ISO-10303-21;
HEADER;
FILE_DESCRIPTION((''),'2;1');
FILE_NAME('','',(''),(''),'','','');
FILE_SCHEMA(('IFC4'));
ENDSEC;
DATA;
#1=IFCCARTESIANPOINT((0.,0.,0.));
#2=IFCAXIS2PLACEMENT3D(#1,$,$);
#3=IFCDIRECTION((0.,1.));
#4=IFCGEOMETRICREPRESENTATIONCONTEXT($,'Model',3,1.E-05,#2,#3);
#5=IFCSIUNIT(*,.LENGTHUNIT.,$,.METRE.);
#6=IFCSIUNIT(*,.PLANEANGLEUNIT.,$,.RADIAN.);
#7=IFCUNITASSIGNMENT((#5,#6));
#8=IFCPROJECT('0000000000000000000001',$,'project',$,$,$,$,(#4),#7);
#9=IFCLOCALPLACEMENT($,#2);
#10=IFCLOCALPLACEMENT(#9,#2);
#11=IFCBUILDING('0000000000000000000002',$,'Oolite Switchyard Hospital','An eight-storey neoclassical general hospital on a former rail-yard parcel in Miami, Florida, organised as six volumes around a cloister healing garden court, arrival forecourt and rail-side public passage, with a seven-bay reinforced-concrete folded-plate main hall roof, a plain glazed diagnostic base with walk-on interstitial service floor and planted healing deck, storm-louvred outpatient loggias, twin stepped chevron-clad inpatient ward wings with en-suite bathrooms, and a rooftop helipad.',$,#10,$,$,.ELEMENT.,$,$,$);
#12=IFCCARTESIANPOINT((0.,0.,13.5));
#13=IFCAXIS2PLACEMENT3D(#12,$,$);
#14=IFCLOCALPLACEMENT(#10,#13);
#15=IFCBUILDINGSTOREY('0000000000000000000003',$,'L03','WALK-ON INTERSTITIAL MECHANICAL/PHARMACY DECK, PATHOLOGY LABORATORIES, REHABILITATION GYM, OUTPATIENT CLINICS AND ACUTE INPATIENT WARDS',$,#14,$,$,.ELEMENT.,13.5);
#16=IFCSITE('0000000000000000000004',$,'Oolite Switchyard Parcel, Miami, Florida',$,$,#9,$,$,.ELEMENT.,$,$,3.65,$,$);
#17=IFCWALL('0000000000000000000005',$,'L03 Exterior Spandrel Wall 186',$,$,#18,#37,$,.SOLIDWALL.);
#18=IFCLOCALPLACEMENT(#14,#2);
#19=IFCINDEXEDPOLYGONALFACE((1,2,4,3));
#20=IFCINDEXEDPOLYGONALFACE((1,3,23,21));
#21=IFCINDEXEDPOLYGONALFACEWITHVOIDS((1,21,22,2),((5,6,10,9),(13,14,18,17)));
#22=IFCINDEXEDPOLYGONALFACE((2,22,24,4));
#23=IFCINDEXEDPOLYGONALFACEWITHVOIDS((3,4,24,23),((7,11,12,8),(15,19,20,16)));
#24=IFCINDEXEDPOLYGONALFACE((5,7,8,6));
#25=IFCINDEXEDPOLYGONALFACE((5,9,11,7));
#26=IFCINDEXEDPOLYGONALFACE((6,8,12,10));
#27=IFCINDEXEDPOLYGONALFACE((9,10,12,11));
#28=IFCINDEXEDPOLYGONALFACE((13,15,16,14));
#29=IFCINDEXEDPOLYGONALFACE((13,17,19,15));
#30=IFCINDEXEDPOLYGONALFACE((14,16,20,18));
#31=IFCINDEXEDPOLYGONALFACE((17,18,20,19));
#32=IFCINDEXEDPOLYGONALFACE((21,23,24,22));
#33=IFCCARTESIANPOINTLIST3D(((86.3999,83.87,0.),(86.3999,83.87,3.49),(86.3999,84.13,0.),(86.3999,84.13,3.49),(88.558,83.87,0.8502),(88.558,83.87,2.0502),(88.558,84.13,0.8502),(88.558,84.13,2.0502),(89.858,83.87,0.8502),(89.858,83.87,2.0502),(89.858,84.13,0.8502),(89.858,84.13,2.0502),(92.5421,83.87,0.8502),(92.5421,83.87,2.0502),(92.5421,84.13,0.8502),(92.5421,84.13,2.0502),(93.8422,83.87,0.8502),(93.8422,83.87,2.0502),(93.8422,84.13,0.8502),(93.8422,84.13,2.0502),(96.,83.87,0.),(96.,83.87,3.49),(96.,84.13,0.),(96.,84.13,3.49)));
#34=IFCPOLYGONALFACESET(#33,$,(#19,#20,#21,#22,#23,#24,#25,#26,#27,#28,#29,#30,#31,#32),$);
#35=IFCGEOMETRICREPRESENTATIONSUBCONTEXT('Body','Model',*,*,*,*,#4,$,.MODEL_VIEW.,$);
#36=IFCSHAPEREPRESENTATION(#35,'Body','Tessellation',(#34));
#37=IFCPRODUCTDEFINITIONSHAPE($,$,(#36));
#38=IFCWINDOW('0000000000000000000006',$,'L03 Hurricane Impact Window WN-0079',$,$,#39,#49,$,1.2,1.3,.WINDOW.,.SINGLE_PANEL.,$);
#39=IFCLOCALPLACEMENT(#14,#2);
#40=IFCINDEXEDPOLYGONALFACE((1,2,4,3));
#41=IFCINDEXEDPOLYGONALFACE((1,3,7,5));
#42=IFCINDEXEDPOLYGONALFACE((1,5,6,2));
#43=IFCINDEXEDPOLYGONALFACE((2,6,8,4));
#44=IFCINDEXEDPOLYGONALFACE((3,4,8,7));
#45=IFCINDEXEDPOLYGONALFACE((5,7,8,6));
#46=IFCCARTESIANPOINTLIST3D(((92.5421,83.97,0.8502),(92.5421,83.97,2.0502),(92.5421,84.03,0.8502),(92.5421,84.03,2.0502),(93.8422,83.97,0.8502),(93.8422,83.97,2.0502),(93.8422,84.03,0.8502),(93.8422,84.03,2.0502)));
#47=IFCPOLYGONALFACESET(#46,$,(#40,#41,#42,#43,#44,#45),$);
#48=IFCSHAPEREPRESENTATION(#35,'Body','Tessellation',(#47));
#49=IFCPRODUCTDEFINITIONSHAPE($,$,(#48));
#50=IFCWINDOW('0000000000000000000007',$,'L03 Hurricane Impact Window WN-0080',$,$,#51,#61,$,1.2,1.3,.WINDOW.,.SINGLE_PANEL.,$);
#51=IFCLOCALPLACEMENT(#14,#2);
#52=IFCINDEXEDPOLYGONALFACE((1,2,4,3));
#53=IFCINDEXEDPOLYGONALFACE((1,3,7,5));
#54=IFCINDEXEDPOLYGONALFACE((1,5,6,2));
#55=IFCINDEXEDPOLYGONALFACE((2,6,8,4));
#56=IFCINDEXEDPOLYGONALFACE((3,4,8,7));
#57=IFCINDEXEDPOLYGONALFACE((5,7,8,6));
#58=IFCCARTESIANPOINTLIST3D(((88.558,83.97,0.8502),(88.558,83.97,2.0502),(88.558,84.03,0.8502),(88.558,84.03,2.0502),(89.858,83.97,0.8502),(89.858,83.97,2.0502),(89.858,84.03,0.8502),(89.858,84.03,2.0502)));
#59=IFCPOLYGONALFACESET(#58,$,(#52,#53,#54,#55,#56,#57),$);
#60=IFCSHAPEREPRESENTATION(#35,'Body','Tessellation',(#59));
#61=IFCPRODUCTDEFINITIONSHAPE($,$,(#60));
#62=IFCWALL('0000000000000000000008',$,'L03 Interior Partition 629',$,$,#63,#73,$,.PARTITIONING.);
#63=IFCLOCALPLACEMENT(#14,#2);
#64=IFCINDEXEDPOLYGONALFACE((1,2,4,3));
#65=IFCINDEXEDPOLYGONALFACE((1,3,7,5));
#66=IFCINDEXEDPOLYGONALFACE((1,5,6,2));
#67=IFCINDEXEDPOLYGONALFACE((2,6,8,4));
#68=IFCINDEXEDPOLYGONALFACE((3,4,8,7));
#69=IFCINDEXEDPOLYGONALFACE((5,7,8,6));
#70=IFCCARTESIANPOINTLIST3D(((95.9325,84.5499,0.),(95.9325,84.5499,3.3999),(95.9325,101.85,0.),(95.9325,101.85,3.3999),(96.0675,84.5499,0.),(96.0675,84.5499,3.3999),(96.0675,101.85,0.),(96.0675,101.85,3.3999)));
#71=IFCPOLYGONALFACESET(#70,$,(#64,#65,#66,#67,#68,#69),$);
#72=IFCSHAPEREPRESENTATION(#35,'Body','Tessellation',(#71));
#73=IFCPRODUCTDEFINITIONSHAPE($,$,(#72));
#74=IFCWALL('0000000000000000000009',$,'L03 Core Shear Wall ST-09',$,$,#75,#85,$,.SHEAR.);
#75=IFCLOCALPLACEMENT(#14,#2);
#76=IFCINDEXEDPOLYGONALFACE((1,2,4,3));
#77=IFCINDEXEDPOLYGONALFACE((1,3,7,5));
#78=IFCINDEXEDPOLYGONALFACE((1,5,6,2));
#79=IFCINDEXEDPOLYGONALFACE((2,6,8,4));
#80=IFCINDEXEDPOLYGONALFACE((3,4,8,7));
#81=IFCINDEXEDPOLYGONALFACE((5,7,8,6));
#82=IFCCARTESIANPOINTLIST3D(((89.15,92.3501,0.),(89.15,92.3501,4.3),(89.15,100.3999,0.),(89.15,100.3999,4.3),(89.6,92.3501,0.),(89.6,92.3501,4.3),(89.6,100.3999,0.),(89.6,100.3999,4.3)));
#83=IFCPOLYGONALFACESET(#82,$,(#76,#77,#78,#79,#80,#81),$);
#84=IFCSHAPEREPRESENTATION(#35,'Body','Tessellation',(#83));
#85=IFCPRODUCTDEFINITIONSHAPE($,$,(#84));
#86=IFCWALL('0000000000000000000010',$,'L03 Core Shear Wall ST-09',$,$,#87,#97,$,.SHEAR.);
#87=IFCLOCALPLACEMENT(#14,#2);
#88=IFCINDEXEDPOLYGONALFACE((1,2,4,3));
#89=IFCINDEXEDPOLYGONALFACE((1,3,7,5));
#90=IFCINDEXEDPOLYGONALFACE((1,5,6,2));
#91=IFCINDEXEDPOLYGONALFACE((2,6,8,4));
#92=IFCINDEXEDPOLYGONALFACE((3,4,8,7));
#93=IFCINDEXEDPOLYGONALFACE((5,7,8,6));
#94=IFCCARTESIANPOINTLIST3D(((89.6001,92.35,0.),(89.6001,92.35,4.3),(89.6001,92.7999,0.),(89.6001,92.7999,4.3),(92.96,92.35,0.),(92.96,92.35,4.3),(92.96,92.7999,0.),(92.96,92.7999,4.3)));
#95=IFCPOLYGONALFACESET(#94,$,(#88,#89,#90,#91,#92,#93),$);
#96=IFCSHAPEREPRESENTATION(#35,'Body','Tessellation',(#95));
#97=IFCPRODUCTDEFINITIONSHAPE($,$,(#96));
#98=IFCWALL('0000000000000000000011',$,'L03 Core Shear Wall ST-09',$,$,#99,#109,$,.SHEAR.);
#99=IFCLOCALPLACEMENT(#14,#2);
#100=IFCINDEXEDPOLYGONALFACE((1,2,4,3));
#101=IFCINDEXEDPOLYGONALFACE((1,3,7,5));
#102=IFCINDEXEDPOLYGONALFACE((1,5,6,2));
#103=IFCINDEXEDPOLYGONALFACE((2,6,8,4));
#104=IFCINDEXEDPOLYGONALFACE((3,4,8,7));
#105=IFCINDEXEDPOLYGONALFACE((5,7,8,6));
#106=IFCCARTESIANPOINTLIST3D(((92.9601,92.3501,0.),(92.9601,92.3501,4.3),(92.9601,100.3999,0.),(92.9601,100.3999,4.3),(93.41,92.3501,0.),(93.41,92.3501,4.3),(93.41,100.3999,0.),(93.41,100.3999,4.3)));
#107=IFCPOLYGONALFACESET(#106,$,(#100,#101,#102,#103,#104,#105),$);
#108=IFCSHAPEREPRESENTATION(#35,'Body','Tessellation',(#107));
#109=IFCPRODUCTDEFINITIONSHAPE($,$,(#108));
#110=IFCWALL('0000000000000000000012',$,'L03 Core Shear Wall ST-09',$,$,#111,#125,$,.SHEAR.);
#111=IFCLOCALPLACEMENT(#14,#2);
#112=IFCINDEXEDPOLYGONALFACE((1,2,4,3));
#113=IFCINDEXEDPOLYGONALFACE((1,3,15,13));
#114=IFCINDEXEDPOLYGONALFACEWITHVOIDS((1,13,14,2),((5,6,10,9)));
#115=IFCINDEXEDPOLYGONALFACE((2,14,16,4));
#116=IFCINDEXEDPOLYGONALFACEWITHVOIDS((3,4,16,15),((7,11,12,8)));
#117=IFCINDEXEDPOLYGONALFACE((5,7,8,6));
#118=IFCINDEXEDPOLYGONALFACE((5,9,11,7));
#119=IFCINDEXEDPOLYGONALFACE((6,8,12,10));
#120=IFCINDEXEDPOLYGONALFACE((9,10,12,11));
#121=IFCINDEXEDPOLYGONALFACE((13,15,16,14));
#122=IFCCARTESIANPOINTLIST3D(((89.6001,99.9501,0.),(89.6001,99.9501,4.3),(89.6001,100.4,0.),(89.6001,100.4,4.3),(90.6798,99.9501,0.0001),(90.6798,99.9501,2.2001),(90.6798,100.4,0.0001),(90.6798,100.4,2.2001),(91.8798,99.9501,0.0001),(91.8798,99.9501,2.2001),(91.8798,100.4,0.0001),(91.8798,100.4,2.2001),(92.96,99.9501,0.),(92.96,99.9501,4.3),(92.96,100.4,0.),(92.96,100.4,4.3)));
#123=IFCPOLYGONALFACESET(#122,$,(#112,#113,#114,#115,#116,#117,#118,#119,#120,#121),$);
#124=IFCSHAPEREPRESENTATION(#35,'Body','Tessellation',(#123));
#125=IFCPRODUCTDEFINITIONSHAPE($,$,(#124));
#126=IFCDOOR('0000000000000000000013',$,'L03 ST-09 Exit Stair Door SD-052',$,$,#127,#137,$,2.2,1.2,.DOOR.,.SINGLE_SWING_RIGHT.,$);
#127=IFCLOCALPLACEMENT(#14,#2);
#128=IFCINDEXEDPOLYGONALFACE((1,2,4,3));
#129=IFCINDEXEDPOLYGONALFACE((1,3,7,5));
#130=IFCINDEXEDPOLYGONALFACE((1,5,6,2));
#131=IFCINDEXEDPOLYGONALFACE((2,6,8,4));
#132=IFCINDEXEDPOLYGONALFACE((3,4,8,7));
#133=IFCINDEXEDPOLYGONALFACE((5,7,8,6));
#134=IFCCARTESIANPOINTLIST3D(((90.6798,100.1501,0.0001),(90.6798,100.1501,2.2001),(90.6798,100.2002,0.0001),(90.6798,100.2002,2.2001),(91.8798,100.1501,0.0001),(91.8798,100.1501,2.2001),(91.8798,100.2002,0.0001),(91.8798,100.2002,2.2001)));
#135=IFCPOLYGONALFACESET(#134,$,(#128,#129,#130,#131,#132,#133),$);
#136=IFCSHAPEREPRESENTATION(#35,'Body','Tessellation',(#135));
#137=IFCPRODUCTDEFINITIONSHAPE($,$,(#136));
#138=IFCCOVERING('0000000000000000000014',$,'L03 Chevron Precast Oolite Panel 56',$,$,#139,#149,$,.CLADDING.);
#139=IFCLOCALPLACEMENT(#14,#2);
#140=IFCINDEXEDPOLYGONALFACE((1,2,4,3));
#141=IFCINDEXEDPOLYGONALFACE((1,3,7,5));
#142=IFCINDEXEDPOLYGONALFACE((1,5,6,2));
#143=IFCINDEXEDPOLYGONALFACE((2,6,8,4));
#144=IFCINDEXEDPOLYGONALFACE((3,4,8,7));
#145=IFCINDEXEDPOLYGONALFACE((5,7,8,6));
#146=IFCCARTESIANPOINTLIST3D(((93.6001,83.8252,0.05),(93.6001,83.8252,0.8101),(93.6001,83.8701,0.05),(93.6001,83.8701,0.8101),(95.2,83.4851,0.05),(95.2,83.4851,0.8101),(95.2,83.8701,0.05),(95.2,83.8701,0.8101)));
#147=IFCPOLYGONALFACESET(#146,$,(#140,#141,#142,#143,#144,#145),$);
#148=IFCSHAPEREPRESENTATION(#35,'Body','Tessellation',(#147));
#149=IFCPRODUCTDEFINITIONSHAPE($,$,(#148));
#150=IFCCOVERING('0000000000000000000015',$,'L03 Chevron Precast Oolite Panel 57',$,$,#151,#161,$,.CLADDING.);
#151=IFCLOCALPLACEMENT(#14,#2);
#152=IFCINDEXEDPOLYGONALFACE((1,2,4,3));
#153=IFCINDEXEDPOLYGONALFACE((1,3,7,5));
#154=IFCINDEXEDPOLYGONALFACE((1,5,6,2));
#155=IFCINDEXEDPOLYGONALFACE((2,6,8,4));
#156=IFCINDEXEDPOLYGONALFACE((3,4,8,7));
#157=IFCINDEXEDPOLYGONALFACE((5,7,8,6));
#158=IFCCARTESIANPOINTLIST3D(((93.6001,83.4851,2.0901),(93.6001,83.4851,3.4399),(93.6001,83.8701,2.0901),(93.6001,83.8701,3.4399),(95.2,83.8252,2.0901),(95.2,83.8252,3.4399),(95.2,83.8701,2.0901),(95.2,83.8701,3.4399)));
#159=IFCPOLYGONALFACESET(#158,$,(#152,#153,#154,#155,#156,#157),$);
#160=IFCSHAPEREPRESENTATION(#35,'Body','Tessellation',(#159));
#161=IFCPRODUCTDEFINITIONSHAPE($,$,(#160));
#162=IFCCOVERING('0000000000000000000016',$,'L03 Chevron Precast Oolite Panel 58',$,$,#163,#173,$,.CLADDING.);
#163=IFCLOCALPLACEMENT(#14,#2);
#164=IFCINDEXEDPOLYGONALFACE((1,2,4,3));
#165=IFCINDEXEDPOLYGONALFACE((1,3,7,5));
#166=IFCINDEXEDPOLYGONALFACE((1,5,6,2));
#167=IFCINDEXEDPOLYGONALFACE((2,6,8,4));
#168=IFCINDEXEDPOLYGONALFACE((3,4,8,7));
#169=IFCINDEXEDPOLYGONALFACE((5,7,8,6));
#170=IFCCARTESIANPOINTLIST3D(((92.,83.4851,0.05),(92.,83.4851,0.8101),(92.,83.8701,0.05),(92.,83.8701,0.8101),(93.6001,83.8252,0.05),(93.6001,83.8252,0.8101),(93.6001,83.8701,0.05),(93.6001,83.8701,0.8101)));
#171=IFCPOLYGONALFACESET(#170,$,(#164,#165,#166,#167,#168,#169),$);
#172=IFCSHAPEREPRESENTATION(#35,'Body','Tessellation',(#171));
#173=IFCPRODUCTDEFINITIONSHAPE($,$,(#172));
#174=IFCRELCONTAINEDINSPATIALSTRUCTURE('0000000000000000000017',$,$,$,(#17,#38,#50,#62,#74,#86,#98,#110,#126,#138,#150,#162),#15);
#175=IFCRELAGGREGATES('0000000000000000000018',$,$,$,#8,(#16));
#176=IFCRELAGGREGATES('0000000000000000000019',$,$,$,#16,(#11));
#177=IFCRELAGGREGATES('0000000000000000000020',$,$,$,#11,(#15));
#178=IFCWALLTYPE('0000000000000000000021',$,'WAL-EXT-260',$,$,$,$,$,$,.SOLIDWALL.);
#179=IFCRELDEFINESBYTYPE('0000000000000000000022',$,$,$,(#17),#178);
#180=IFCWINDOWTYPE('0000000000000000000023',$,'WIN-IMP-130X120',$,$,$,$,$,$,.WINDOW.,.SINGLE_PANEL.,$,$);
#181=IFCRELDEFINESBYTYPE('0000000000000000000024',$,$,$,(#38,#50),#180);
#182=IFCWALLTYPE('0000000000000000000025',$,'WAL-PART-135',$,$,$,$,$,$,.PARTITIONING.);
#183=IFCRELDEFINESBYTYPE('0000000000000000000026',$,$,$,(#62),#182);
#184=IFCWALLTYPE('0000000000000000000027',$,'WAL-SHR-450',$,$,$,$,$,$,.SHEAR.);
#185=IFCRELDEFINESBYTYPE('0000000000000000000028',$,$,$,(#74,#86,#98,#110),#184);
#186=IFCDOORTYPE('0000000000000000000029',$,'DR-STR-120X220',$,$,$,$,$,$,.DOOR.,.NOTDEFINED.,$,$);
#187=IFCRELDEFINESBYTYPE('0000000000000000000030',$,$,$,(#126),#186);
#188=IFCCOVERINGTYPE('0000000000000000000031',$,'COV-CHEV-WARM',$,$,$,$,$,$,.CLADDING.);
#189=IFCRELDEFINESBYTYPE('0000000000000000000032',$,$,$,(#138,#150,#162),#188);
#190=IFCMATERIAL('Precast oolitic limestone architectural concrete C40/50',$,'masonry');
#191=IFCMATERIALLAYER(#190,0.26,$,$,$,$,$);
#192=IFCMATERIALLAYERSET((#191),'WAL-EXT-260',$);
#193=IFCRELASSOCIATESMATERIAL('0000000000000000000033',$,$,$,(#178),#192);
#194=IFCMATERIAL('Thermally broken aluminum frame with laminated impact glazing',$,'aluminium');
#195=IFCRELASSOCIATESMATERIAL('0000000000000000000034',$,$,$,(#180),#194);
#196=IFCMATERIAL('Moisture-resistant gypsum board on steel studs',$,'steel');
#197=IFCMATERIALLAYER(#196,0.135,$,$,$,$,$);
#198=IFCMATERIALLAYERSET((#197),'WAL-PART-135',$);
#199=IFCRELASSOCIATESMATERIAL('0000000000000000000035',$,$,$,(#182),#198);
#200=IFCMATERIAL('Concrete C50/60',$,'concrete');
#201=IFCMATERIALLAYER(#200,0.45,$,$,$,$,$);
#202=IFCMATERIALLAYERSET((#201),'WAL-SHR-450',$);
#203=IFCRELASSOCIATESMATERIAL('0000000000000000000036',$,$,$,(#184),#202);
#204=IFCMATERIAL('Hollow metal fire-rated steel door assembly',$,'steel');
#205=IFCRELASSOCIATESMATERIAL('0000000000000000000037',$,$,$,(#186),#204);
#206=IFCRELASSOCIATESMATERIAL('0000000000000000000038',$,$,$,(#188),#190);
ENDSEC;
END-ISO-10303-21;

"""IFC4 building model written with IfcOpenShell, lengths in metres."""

from ifc_helpers import new_model, si_unit, direction, frame, frame_2d, origin, place, context, subcontext, project, spatial, polyline, rectangle, outline, extrude, material, layer, layer_set, type_object, element, fill, save


model = new_model("IFC4")

# Units and contexts
model_context = context("Model", 3, precision=1e-05, world=origin(), true_north=direction((0.0, 1.0)))
body_context = subcontext(model_context, "Body", "Model", "MODEL_VIEW")
ifc_project = project(units=[si_unit("LENGTHUNIT", "METRE"), si_unit("PLANEANGLEUNIT", "RADIAN")], contexts=[model_context])

# Site, building, storey
site_placement = place(None, origin())
site = spatial("IfcSite", under=ifc_project, at=site_placement, Name="Oolite Switchyard Parcel, Miami, Florida", CompositionType="ELEMENT", RefElevation=3.65)
building_placement = place(site_placement, origin())
building = spatial("IfcBuilding", under=site, at=building_placement, Name="Oolite Switchyard Hospital", Description="An eight-storey neoclassical general hospital on a former rail-yard parcel in Miami, Florida, organised as six volumes around a cloister healing garden court, arrival forecourt and rail-side public passage, with a seven-bay reinforced-concrete folded-plate main hall roof, a plain glazed diagnostic base with walk-on interstitial service floor and planted healing deck, storm-louvred outpatient loggias, twin stepped chevron-clad inpatient ward wings with en-suite bathrooms, and a rooftop helipad.", CompositionType="ELEMENT")
storey_placement = place(building_placement, frame((0.0, 0.0, 13.5)))
storey = spatial("IfcBuildingStorey", under=building, at=storey_placement, Name="L03", Description="WALK-ON INTERSTITIAL MECHANICAL/PHARMACY DECK, PATHOLOGY LABORATORIES, REHABILITATION GYM, OUTPATIENT CLINICS AND ACUTE INPATIENT WARDS", CompositionType="ELEMENT", Elevation=13.5)

# Shared definitions
ifc_material_1 = material(Name="Concrete C50/60", Category="concrete")

# Wall, openings, windows
ifc_material_2 = material(Name="Precast oolitic limestone architectural concrete C40/50", Category="masonry")
ifc_layer_1 = layer(ifc_material_2, 0.26)
ifc_layer_set_1 = layer_set([ifc_layer_1], Name="WAL-EXT-260")
wall_type_1 = type_object("IfcWallType", Name="WAL-EXT-260", PredefinedType="SOLIDWALL", material=ifc_layer_set_1)
wall_1_placement = place(storey_placement, frame((96.0, 84.0, 0.0), z_axis=(0.0, 0.0, 1.0), x_axis=(-1.0, 0.0, 0.0)))
wall_1 = element("IfcWall", 1, at=wall_1_placement, inside=storey, type_object=wall_type_1, Name="L03 Exterior Spandrel Wall 186", PredefinedType="SOLIDWALL", context=body_context, shape_type="SweptSolid", body=[
    extrude(rectangle(XDim=9.6001, YDim=0.26, at=frame_2d((4.8, 0.0))), origin(), (0.0, 0.0, 1.0), 3.49),
])
opening_1_placement = place(wall_1_placement, frame((2.158, 0.0, 0.8501)))
opening_1 = element("IfcOpeningElement", 2, at=opening_1_placement, cuts=wall_1, PredefinedType="OPENING", context=body_context, shape_type="SweptSolid", body=[
    extrude(rectangle(XDim=1.3, YDim=1.2, at=frame_2d((0.6499, 0.6001))), frame((0.0, 0.1401, 0.0), z_axis=(0.0, -1.0, 0.0), x_axis=(1.0, 0.0, 0.0)), (0.0, 0.0, 1.0), 0.28),
])
opening_2_placement = place(wall_1_placement, frame((6.1421, 0.0, 0.8501)))
opening_2 = element("IfcOpeningElement", 3, at=opening_2_placement, cuts=wall_1, PredefinedType="OPENING", context=body_context, shape_type="SweptSolid", body=[
    extrude(rectangle(XDim=1.3, YDim=1.2, at=frame_2d((0.6499, 0.6001))), frame((0.0, 0.1401, 0.0), z_axis=(0.0, -1.0, 0.0), x_axis=(1.0, 0.0, 0.0)), (0.0, 0.0, 1.0), 0.28),
])
ifc_material_3 = material(Name="Thermally broken aluminum frame with laminated impact glazing", Category="aluminium")
window_type = type_object("IfcWindowType", Name="WIN-IMP-130X120", PartitioningType="SINGLE_PANEL", PredefinedType="WINDOW", material=ifc_material_3)
window_1_placement = place(opening_1_placement, origin())
window_1 = element("IfcWindow", 4, at=window_1_placement, inside=storey, type_object=window_type, Name="L03 Hurricane Impact Window WN-0079", OverallHeight=1.2, OverallWidth=1.3, PartitioningType="SINGLE_PANEL", PredefinedType="WINDOW", context=body_context, shape_type="SweptSolid", body=[
    extrude(rectangle(XDim=1.3, YDim=1.2, at=frame_2d((0.6499, 0.6001))), frame((0.0, 0.03, 0.0), z_axis=(0.0, -1.0, 0.0), x_axis=(1.0, 0.0, 0.0)), (0.0, 0.0, 1.0), 0.0601),
])
fill(opening_1, window_1)
window_2_placement = place(opening_2_placement, origin())
window_2 = element("IfcWindow", 5, at=window_2_placement, inside=storey, type_object=window_type, Name="L03 Hurricane Impact Window WN-0080", OverallHeight=1.2, OverallWidth=1.3, PartitioningType="SINGLE_PANEL", PredefinedType="WINDOW", context=body_context, shape_type="SweptSolid", body=[
    extrude(rectangle(XDim=1.3, YDim=1.2, at=frame_2d((0.6499, 0.6001))), frame((0.0, 0.03, 0.0), z_axis=(0.0, -1.0, 0.0), x_axis=(1.0, 0.0, 0.0)), (0.0, 0.0, 1.0), 0.0601),
])
fill(opening_2, window_2)

# Walls
ifc_material_4 = material(Name="Moisture-resistant gypsum board on steel studs", Category="steel")
ifc_layer_2 = layer(ifc_material_4, 0.135)
ifc_layer_set_2 = layer_set([ifc_layer_2], Name="WAL-PART-135")
wall_type_2 = type_object("IfcWallType", Name="WAL-PART-135", PredefinedType="PARTITIONING", material=ifc_layer_set_2)
wall_2_placement = place(storey_placement, frame((96.0, 84.55, 0.0), z_axis=(0.0, 0.0, 1.0), x_axis=(0.0, 1.0, 0.0)))
element("IfcWall", 6, at=wall_2_placement, inside=storey, type_object=wall_type_2, Name="L03 Interior Partition 629", PredefinedType="PARTITIONING", context=body_context, shape_type="SweptSolid", body=[
    extrude(rectangle(XDim=17.3, YDim=0.135, at=frame_2d((8.6499, 0.0))), origin(), (0.0, 0.0, 1.0), 3.3999),
])
ifc_layer_3 = layer(ifc_material_1, 0.45)
ifc_layer_set_3 = layer_set([ifc_layer_3], Name="WAL-SHR-450")
wall_type_3 = type_object("IfcWallType", Name="WAL-SHR-450", PredefinedType="SHEAR", material=ifc_layer_set_3)
wall_3_placement = place(storey_placement, frame((89.375, 100.3999, 0.0), z_axis=(0.0, 0.0, 1.0), x_axis=(0.0, -1.0, 0.0)))
element("IfcWall", 7, at=wall_3_placement, inside=storey, type_object=wall_type_3, Name="L03 Core Shear Wall ST-09", PredefinedType="SHEAR", context=body_context, shape_type="SweptSolid", body=[
    extrude(rectangle(XDim=8.0498, YDim=0.45, at=frame_2d((4.0249, 0.0))), origin(), (0.0, 0.0, 1.0), 4.3),
])
wall_4_placement = place(storey_placement, frame((89.6001, 92.575, 0.0), z_axis=(0.0, 0.0, 1.0), x_axis=(1.0, 0.0, 0.0)))
element("IfcWall", 8, at=wall_4_placement, inside=storey, type_object=wall_type_3, Name="L03 Core Shear Wall ST-09", PredefinedType="SHEAR", context=body_context, shape_type="SweptSolid", body=[
    extrude(rectangle(XDim=3.3599, YDim=0.45, at=frame_2d((1.6799, 0.0))), origin(), (0.0, 0.0, 1.0), 4.3),
])
wall_5_placement = place(storey_placement, frame((93.1851, 92.3501, 0.0), z_axis=(0.0, 0.0, 1.0), x_axis=(0.0, 1.0, 0.0)))
element("IfcWall", 9, at=wall_5_placement, inside=storey, type_object=wall_type_3, Name="L03 Core Shear Wall ST-09", PredefinedType="SHEAR", context=body_context, shape_type="SweptSolid", body=[
    extrude(rectangle(XDim=8.0498, YDim=0.45, at=frame_2d((4.0249, 0.0))), origin(), (0.0, 0.0, 1.0), 4.3),
])

# Wall, opening, door
wall_6_placement = place(storey_placement, frame((92.96, 100.175, 0.0), z_axis=(0.0, 0.0, 1.0), x_axis=(-1.0, 0.0, 0.0)))
wall_6 = element("IfcWall", 10, at=wall_6_placement, inside=storey, type_object=wall_type_3, Name="L03 Core Shear Wall ST-09", PredefinedType="SHEAR", context=body_context, shape_type="SweptSolid", body=[
    extrude(rectangle(XDim=3.3599, YDim=0.45, at=frame_2d((1.6799, 0.0))), origin(), (0.0, 0.0, 1.0), 4.3),
])
opening_3_placement = place(wall_6_placement, frame((1.0801, 0.0, 0.0)))
opening_3 = element("IfcOpeningElement", 11, at=opening_3_placement, cuts=wall_6, PredefinedType="OPENING", context=body_context, shape_type="SweptSolid", body=[
    extrude(rectangle(XDim=1.2, YDim=2.2, at=frame_2d((0.6001, 1.1001))), frame((0.0, 0.2349, 0.0), z_axis=(0.0, -1.0, 0.0), x_axis=(1.0, 0.0, 0.0)), (0.0, 0.0, 1.0), 0.47),
])
ifc_material_5 = material(Name="Hollow metal fire-rated steel door assembly", Category="steel")
door_type = type_object("IfcDoorType", Name="DR-STR-120X220", OperationType="NOTDEFINED", PredefinedType="DOOR", material=ifc_material_5)
door_placement = place(opening_3_placement, origin())
door = element("IfcDoor", 12, at=door_placement, inside=storey, type_object=door_type, Name="L03 ST-09 Exit Stair Door SD-052", OperationType="SINGLE_SWING_RIGHT", OverallHeight=2.2, OverallWidth=1.2, PredefinedType="DOOR", context=body_context, shape_type="SweptSolid", body=[
    extrude(rectangle(XDim=1.2, YDim=2.2, at=frame_2d((0.6001, 1.1001))), frame((0.0, 0.0249, 0.0), z_axis=(0.0, -1.0, 0.0), x_axis=(1.0, 0.0, 0.0)), (0.0, 0.0, 1.0), 0.05),
])
fill(opening_3, door)

# Coverings
covering_type = type_object("IfcCoveringType", Name="COV-CHEV-WARM", PredefinedType="CLADDING", material=ifc_material_2)
covering_1_placement = place(storey_placement, frame((95.2, 83.8701, 0.05), z_axis=(0.0, 0.0, 1.0), x_axis=(-1.0, 0.0, 0.0)))
element("IfcCovering", 13, at=covering_1_placement, inside=storey, type_object=covering_type, Name="L03 Chevron Precast Oolite Panel 56", PredefinedType="CLADDING", context=body_context, shape_type="SweptSolid", body=[
    extrude(outline(polyline([(0.0, 0.0), (1.5999, 0.0), (1.5999, 0.0449), (0.0, 0.385), (0.0, 0.0)])), origin(), (0.0, 0.0, 1.0), 0.76),
])
covering_2_placement = place(storey_placement, frame((95.2, 83.8701, 2.0901), z_axis=(0.0, 0.0, 1.0), x_axis=(-1.0, 0.0, 0.0)))
element("IfcCovering", 14, at=covering_2_placement, inside=storey, type_object=covering_type, Name="L03 Chevron Precast Oolite Panel 57", PredefinedType="CLADDING", context=body_context, shape_type="SweptSolid", body=[
    extrude(outline(polyline([(0.0, 0.0), (1.5999, 0.0), (1.5999, 0.385), (0.0, 0.0449), (0.0, 0.0)])), origin(), (0.0, 0.0, 1.0), 1.3499),
])
covering_3_placement = place(storey_placement, frame((93.6001, 83.8701, 0.05), z_axis=(0.0, 0.0, 1.0), x_axis=(-1.0, 0.0, 0.0)))
element("IfcCovering", 15, at=covering_3_placement, inside=storey, type_object=covering_type, Name="L03 Chevron Precast Oolite Panel 58", PredefinedType="CLADDING", context=body_context, shape_type="SweptSolid", body=[
    extrude(outline(polyline([(0.0, 0.0), (1.6001, 0.0), (1.6001, 0.385), (0.0, 0.0449), (0.0, 0.0)])), origin(), (0.0, 0.0, 1.0), 0.76),
])

save(model, "model.ifc")
